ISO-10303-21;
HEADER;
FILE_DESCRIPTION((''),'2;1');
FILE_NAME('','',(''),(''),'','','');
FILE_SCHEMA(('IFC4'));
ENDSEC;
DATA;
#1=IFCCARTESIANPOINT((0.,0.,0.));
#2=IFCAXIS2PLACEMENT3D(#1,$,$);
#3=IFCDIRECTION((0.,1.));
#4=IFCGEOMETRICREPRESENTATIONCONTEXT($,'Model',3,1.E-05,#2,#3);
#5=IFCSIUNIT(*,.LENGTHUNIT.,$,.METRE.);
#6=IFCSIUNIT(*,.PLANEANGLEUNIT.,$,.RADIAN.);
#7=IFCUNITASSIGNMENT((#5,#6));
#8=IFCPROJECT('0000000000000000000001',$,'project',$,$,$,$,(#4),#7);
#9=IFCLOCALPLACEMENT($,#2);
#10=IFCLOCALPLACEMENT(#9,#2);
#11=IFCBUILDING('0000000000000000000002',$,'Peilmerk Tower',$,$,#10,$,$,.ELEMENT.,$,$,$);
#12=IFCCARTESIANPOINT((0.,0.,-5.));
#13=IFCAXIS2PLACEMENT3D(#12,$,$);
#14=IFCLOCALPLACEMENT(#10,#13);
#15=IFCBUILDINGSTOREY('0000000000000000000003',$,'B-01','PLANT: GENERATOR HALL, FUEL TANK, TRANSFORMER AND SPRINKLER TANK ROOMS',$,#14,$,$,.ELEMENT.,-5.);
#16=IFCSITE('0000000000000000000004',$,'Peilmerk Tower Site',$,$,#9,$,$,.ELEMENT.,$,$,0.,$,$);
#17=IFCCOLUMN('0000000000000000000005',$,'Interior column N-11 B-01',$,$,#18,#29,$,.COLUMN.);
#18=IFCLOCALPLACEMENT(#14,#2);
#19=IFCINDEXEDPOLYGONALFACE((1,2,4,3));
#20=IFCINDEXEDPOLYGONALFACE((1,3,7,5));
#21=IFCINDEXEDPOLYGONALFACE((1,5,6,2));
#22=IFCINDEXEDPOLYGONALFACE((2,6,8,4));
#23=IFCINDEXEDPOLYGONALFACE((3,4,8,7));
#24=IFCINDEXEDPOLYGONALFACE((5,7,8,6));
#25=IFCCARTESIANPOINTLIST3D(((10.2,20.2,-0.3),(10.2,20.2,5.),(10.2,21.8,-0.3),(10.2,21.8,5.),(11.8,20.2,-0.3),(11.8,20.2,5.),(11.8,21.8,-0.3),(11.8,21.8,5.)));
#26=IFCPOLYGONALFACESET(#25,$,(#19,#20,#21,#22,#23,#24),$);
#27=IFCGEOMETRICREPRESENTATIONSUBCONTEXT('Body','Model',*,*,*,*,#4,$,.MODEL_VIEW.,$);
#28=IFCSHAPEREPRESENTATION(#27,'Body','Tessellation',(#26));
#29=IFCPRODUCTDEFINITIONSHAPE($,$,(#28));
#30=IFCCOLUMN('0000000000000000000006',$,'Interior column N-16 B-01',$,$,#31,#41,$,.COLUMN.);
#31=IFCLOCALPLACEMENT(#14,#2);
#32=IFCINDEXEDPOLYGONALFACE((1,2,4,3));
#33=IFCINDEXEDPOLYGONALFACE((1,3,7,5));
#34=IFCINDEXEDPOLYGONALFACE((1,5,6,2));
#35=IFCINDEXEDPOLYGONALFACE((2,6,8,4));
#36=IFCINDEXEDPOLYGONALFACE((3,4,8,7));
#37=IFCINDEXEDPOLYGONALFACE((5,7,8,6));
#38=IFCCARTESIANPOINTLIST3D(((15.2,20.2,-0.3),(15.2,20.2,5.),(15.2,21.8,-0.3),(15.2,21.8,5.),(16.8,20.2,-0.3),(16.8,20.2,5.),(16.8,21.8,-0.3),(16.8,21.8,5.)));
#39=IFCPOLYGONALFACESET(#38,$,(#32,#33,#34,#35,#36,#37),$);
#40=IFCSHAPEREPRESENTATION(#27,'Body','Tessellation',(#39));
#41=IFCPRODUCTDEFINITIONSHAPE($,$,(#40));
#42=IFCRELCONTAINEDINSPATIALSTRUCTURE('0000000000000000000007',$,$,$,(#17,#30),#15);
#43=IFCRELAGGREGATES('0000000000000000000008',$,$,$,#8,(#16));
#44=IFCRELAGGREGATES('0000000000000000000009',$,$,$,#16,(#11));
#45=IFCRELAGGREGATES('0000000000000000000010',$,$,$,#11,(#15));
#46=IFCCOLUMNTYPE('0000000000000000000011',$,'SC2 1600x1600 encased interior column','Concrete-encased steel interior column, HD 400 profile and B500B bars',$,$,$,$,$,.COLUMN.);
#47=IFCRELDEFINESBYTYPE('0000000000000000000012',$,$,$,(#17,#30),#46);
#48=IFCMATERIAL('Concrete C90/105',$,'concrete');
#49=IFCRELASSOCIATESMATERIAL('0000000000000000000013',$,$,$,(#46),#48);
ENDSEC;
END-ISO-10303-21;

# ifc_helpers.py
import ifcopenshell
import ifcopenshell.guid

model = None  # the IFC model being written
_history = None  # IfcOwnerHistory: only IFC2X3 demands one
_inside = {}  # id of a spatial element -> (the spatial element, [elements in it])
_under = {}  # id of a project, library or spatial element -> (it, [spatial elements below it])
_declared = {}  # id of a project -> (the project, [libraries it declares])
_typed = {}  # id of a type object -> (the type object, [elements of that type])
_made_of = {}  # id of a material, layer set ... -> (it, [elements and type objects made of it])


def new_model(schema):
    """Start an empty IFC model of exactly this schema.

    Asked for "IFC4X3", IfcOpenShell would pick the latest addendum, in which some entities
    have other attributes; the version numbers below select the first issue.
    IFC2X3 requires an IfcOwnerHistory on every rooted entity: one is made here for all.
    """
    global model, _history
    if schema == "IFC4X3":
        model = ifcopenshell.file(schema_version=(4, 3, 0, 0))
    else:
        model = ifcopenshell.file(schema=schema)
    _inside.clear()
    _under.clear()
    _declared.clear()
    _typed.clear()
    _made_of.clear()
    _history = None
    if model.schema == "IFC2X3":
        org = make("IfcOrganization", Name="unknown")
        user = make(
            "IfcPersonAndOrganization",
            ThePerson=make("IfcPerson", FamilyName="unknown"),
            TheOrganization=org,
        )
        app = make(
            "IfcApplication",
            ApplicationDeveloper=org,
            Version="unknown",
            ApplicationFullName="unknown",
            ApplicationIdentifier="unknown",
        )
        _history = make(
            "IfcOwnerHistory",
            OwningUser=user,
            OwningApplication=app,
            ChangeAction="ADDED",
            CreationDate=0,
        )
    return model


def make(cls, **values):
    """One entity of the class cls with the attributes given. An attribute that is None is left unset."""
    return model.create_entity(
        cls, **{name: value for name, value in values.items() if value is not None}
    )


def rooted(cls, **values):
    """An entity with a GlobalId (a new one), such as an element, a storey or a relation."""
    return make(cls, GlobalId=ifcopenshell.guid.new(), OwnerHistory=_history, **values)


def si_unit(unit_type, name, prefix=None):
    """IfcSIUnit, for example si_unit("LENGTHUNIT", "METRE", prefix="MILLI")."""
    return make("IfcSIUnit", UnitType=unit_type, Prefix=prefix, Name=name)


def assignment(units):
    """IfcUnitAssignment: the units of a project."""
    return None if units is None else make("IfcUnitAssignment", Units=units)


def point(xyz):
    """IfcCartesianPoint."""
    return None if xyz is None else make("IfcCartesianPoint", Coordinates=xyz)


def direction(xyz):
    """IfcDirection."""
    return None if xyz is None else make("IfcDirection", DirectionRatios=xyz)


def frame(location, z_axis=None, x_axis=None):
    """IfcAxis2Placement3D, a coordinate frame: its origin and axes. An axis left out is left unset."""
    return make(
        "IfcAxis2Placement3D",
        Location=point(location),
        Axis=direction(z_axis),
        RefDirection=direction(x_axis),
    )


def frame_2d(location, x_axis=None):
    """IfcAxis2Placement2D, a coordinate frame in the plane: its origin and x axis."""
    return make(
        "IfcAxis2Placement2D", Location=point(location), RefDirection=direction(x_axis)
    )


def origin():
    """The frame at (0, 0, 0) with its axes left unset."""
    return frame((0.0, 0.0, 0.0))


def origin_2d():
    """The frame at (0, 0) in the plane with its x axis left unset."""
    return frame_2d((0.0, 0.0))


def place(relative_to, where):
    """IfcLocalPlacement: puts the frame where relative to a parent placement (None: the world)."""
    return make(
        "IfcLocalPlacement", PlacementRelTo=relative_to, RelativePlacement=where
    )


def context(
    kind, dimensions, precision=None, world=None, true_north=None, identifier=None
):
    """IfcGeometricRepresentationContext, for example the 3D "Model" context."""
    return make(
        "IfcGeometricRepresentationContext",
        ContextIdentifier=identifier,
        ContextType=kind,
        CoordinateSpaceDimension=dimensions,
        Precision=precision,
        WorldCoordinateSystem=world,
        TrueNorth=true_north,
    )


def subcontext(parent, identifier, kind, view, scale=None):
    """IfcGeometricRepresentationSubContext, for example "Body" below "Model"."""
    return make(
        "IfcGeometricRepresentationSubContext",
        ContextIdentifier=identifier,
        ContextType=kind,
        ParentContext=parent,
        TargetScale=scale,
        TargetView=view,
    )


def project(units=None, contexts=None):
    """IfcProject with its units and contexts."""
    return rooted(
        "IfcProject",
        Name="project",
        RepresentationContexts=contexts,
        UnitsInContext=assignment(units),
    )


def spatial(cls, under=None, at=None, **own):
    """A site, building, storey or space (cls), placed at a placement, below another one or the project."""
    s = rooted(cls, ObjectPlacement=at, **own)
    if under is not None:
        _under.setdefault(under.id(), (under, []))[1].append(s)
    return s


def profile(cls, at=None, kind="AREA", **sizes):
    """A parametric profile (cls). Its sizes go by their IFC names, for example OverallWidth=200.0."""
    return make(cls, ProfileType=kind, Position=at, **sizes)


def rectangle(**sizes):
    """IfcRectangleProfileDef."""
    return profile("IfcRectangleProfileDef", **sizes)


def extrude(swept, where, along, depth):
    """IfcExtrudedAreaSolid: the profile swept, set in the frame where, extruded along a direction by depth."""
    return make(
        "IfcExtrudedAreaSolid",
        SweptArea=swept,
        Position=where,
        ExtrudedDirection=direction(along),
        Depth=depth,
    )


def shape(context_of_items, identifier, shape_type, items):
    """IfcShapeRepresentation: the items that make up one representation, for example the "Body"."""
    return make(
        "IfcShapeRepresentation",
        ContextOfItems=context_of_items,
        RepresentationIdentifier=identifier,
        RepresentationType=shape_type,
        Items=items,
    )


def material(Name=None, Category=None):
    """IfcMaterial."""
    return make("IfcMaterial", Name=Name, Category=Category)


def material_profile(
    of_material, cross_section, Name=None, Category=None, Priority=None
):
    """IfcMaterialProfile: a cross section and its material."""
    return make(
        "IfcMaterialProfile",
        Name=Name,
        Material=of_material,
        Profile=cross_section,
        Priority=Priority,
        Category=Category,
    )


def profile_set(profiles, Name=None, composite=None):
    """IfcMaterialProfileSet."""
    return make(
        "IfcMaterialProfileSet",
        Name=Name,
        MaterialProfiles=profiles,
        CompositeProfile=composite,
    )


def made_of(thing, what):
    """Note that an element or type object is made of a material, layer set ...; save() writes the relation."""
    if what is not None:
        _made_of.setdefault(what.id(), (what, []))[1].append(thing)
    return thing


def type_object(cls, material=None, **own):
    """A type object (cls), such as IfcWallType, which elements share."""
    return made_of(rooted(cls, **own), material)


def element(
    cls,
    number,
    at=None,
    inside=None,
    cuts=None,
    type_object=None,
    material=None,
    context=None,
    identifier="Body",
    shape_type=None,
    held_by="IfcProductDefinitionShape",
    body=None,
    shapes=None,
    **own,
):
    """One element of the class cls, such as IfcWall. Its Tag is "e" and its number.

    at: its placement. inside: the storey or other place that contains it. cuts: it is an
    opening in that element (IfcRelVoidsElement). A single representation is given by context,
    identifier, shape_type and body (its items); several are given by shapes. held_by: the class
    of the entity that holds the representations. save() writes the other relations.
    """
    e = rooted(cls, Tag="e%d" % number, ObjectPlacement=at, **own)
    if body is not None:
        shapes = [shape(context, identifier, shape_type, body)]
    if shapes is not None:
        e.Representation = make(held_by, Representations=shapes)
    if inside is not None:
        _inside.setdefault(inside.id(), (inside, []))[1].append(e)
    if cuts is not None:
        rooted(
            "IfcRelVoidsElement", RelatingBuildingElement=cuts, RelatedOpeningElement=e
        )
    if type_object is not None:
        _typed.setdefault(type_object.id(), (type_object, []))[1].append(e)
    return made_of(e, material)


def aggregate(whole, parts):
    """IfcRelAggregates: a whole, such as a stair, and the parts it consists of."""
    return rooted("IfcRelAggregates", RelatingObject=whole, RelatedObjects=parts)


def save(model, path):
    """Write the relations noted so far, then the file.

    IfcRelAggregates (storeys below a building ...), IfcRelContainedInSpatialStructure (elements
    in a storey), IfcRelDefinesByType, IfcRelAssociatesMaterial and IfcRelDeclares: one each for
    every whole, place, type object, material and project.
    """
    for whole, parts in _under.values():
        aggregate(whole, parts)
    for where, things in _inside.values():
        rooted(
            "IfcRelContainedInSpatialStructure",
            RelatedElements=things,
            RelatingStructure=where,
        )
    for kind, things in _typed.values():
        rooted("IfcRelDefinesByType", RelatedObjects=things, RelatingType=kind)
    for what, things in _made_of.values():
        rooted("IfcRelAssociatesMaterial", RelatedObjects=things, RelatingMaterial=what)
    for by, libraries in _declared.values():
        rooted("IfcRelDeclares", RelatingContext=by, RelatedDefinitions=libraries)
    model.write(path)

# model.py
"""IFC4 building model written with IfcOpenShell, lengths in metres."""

from ifc_helpers import new_model, si_unit, direction, frame, origin, origin_2d, place, context, subcontext, project, spatial, rectangle, extrude, material, material_profile, profile_set, type_object, element, save


model = new_model("IFC4")

# Units and contexts
model_context = context("Model", 3, precision=1e-05, world=origin(), true_north=direction((0.0, 1.0)))
body_context = subcontext(model_context, "Body", "Model", "MODEL_VIEW")
ifc_project = project(units=[si_unit("LENGTHUNIT", "METRE"), si_unit("PLANEANGLEUNIT", "RADIAN")], contexts=[model_context])

# Site, building, storey
site_placement = place(None, origin())
site = spatial("IfcSite", under=ifc_project, at=site_placement, Name="Peilmerk Tower Site", CompositionType="ELEMENT", RefElevation=0.0)
building_placement = place(site_placement, origin())
building = spatial("IfcBuilding", under=site, at=building_placement, Name="Peilmerk Tower", CompositionType="ELEMENT")
storey_placement = place(building_placement, frame((0.0, 0.0, -5.0)))
storey = spatial("IfcBuildingStorey", under=building, at=storey_placement, Name="B-01", Description="PLANT: GENERATOR HALL, FUEL TANK, TRANSFORMER AND SPRINKLER TANK ROOMS", CompositionType="ELEMENT", Elevation=-5.0)

# Columns
ifc_material_1 = material(Name="Concrete C90/105", Category="concrete")
ifc_material_profile_1 = material_profile(ifc_material_1, rectangle(XDim=1.6001, YDim=1.6001, at=origin_2d()), Name="RC 1600x1600")
ifc_profile_set_1 = profile_set([ifc_material_profile_1], Name="Concrete C90/105")
column_type = type_object("IfcColumnType", Name="SC2 1600x1600 encased interior column", Description="Concrete-encased steel interior column, HD 400 profile and B500B bars", PredefinedType="COLUMN", material=ifc_profile_set_1)
for number, where, z_axis, x_axis, name in (
    (1, (11.0, 21.0, -0.3), (0.0, 0.0, 1.0), (1.0, 0.0, 0.0), "Interior column N-11 B-01"),
    (2, (16.0, 21.0, -0.3), (0.0, 0.0, 1.0), (1.0, 0.0, 0.0), "Interior column N-16 B-01"),
):
    element("IfcColumn", number, at=place(storey_placement, frame(where, z_axis=z_axis, x_axis=x_axis)), inside=storey, type_object=column_type, Name=name, PredefinedType="COLUMN", context=body_context, shape_type="SweptSolid", body=[
        extrude(rectangle(XDim=1.6001, YDim=1.6001, at=origin_2d()), origin(), (0.0, 0.0, 1.0), 5.3),
    ])

save(model, "model.ifc")
